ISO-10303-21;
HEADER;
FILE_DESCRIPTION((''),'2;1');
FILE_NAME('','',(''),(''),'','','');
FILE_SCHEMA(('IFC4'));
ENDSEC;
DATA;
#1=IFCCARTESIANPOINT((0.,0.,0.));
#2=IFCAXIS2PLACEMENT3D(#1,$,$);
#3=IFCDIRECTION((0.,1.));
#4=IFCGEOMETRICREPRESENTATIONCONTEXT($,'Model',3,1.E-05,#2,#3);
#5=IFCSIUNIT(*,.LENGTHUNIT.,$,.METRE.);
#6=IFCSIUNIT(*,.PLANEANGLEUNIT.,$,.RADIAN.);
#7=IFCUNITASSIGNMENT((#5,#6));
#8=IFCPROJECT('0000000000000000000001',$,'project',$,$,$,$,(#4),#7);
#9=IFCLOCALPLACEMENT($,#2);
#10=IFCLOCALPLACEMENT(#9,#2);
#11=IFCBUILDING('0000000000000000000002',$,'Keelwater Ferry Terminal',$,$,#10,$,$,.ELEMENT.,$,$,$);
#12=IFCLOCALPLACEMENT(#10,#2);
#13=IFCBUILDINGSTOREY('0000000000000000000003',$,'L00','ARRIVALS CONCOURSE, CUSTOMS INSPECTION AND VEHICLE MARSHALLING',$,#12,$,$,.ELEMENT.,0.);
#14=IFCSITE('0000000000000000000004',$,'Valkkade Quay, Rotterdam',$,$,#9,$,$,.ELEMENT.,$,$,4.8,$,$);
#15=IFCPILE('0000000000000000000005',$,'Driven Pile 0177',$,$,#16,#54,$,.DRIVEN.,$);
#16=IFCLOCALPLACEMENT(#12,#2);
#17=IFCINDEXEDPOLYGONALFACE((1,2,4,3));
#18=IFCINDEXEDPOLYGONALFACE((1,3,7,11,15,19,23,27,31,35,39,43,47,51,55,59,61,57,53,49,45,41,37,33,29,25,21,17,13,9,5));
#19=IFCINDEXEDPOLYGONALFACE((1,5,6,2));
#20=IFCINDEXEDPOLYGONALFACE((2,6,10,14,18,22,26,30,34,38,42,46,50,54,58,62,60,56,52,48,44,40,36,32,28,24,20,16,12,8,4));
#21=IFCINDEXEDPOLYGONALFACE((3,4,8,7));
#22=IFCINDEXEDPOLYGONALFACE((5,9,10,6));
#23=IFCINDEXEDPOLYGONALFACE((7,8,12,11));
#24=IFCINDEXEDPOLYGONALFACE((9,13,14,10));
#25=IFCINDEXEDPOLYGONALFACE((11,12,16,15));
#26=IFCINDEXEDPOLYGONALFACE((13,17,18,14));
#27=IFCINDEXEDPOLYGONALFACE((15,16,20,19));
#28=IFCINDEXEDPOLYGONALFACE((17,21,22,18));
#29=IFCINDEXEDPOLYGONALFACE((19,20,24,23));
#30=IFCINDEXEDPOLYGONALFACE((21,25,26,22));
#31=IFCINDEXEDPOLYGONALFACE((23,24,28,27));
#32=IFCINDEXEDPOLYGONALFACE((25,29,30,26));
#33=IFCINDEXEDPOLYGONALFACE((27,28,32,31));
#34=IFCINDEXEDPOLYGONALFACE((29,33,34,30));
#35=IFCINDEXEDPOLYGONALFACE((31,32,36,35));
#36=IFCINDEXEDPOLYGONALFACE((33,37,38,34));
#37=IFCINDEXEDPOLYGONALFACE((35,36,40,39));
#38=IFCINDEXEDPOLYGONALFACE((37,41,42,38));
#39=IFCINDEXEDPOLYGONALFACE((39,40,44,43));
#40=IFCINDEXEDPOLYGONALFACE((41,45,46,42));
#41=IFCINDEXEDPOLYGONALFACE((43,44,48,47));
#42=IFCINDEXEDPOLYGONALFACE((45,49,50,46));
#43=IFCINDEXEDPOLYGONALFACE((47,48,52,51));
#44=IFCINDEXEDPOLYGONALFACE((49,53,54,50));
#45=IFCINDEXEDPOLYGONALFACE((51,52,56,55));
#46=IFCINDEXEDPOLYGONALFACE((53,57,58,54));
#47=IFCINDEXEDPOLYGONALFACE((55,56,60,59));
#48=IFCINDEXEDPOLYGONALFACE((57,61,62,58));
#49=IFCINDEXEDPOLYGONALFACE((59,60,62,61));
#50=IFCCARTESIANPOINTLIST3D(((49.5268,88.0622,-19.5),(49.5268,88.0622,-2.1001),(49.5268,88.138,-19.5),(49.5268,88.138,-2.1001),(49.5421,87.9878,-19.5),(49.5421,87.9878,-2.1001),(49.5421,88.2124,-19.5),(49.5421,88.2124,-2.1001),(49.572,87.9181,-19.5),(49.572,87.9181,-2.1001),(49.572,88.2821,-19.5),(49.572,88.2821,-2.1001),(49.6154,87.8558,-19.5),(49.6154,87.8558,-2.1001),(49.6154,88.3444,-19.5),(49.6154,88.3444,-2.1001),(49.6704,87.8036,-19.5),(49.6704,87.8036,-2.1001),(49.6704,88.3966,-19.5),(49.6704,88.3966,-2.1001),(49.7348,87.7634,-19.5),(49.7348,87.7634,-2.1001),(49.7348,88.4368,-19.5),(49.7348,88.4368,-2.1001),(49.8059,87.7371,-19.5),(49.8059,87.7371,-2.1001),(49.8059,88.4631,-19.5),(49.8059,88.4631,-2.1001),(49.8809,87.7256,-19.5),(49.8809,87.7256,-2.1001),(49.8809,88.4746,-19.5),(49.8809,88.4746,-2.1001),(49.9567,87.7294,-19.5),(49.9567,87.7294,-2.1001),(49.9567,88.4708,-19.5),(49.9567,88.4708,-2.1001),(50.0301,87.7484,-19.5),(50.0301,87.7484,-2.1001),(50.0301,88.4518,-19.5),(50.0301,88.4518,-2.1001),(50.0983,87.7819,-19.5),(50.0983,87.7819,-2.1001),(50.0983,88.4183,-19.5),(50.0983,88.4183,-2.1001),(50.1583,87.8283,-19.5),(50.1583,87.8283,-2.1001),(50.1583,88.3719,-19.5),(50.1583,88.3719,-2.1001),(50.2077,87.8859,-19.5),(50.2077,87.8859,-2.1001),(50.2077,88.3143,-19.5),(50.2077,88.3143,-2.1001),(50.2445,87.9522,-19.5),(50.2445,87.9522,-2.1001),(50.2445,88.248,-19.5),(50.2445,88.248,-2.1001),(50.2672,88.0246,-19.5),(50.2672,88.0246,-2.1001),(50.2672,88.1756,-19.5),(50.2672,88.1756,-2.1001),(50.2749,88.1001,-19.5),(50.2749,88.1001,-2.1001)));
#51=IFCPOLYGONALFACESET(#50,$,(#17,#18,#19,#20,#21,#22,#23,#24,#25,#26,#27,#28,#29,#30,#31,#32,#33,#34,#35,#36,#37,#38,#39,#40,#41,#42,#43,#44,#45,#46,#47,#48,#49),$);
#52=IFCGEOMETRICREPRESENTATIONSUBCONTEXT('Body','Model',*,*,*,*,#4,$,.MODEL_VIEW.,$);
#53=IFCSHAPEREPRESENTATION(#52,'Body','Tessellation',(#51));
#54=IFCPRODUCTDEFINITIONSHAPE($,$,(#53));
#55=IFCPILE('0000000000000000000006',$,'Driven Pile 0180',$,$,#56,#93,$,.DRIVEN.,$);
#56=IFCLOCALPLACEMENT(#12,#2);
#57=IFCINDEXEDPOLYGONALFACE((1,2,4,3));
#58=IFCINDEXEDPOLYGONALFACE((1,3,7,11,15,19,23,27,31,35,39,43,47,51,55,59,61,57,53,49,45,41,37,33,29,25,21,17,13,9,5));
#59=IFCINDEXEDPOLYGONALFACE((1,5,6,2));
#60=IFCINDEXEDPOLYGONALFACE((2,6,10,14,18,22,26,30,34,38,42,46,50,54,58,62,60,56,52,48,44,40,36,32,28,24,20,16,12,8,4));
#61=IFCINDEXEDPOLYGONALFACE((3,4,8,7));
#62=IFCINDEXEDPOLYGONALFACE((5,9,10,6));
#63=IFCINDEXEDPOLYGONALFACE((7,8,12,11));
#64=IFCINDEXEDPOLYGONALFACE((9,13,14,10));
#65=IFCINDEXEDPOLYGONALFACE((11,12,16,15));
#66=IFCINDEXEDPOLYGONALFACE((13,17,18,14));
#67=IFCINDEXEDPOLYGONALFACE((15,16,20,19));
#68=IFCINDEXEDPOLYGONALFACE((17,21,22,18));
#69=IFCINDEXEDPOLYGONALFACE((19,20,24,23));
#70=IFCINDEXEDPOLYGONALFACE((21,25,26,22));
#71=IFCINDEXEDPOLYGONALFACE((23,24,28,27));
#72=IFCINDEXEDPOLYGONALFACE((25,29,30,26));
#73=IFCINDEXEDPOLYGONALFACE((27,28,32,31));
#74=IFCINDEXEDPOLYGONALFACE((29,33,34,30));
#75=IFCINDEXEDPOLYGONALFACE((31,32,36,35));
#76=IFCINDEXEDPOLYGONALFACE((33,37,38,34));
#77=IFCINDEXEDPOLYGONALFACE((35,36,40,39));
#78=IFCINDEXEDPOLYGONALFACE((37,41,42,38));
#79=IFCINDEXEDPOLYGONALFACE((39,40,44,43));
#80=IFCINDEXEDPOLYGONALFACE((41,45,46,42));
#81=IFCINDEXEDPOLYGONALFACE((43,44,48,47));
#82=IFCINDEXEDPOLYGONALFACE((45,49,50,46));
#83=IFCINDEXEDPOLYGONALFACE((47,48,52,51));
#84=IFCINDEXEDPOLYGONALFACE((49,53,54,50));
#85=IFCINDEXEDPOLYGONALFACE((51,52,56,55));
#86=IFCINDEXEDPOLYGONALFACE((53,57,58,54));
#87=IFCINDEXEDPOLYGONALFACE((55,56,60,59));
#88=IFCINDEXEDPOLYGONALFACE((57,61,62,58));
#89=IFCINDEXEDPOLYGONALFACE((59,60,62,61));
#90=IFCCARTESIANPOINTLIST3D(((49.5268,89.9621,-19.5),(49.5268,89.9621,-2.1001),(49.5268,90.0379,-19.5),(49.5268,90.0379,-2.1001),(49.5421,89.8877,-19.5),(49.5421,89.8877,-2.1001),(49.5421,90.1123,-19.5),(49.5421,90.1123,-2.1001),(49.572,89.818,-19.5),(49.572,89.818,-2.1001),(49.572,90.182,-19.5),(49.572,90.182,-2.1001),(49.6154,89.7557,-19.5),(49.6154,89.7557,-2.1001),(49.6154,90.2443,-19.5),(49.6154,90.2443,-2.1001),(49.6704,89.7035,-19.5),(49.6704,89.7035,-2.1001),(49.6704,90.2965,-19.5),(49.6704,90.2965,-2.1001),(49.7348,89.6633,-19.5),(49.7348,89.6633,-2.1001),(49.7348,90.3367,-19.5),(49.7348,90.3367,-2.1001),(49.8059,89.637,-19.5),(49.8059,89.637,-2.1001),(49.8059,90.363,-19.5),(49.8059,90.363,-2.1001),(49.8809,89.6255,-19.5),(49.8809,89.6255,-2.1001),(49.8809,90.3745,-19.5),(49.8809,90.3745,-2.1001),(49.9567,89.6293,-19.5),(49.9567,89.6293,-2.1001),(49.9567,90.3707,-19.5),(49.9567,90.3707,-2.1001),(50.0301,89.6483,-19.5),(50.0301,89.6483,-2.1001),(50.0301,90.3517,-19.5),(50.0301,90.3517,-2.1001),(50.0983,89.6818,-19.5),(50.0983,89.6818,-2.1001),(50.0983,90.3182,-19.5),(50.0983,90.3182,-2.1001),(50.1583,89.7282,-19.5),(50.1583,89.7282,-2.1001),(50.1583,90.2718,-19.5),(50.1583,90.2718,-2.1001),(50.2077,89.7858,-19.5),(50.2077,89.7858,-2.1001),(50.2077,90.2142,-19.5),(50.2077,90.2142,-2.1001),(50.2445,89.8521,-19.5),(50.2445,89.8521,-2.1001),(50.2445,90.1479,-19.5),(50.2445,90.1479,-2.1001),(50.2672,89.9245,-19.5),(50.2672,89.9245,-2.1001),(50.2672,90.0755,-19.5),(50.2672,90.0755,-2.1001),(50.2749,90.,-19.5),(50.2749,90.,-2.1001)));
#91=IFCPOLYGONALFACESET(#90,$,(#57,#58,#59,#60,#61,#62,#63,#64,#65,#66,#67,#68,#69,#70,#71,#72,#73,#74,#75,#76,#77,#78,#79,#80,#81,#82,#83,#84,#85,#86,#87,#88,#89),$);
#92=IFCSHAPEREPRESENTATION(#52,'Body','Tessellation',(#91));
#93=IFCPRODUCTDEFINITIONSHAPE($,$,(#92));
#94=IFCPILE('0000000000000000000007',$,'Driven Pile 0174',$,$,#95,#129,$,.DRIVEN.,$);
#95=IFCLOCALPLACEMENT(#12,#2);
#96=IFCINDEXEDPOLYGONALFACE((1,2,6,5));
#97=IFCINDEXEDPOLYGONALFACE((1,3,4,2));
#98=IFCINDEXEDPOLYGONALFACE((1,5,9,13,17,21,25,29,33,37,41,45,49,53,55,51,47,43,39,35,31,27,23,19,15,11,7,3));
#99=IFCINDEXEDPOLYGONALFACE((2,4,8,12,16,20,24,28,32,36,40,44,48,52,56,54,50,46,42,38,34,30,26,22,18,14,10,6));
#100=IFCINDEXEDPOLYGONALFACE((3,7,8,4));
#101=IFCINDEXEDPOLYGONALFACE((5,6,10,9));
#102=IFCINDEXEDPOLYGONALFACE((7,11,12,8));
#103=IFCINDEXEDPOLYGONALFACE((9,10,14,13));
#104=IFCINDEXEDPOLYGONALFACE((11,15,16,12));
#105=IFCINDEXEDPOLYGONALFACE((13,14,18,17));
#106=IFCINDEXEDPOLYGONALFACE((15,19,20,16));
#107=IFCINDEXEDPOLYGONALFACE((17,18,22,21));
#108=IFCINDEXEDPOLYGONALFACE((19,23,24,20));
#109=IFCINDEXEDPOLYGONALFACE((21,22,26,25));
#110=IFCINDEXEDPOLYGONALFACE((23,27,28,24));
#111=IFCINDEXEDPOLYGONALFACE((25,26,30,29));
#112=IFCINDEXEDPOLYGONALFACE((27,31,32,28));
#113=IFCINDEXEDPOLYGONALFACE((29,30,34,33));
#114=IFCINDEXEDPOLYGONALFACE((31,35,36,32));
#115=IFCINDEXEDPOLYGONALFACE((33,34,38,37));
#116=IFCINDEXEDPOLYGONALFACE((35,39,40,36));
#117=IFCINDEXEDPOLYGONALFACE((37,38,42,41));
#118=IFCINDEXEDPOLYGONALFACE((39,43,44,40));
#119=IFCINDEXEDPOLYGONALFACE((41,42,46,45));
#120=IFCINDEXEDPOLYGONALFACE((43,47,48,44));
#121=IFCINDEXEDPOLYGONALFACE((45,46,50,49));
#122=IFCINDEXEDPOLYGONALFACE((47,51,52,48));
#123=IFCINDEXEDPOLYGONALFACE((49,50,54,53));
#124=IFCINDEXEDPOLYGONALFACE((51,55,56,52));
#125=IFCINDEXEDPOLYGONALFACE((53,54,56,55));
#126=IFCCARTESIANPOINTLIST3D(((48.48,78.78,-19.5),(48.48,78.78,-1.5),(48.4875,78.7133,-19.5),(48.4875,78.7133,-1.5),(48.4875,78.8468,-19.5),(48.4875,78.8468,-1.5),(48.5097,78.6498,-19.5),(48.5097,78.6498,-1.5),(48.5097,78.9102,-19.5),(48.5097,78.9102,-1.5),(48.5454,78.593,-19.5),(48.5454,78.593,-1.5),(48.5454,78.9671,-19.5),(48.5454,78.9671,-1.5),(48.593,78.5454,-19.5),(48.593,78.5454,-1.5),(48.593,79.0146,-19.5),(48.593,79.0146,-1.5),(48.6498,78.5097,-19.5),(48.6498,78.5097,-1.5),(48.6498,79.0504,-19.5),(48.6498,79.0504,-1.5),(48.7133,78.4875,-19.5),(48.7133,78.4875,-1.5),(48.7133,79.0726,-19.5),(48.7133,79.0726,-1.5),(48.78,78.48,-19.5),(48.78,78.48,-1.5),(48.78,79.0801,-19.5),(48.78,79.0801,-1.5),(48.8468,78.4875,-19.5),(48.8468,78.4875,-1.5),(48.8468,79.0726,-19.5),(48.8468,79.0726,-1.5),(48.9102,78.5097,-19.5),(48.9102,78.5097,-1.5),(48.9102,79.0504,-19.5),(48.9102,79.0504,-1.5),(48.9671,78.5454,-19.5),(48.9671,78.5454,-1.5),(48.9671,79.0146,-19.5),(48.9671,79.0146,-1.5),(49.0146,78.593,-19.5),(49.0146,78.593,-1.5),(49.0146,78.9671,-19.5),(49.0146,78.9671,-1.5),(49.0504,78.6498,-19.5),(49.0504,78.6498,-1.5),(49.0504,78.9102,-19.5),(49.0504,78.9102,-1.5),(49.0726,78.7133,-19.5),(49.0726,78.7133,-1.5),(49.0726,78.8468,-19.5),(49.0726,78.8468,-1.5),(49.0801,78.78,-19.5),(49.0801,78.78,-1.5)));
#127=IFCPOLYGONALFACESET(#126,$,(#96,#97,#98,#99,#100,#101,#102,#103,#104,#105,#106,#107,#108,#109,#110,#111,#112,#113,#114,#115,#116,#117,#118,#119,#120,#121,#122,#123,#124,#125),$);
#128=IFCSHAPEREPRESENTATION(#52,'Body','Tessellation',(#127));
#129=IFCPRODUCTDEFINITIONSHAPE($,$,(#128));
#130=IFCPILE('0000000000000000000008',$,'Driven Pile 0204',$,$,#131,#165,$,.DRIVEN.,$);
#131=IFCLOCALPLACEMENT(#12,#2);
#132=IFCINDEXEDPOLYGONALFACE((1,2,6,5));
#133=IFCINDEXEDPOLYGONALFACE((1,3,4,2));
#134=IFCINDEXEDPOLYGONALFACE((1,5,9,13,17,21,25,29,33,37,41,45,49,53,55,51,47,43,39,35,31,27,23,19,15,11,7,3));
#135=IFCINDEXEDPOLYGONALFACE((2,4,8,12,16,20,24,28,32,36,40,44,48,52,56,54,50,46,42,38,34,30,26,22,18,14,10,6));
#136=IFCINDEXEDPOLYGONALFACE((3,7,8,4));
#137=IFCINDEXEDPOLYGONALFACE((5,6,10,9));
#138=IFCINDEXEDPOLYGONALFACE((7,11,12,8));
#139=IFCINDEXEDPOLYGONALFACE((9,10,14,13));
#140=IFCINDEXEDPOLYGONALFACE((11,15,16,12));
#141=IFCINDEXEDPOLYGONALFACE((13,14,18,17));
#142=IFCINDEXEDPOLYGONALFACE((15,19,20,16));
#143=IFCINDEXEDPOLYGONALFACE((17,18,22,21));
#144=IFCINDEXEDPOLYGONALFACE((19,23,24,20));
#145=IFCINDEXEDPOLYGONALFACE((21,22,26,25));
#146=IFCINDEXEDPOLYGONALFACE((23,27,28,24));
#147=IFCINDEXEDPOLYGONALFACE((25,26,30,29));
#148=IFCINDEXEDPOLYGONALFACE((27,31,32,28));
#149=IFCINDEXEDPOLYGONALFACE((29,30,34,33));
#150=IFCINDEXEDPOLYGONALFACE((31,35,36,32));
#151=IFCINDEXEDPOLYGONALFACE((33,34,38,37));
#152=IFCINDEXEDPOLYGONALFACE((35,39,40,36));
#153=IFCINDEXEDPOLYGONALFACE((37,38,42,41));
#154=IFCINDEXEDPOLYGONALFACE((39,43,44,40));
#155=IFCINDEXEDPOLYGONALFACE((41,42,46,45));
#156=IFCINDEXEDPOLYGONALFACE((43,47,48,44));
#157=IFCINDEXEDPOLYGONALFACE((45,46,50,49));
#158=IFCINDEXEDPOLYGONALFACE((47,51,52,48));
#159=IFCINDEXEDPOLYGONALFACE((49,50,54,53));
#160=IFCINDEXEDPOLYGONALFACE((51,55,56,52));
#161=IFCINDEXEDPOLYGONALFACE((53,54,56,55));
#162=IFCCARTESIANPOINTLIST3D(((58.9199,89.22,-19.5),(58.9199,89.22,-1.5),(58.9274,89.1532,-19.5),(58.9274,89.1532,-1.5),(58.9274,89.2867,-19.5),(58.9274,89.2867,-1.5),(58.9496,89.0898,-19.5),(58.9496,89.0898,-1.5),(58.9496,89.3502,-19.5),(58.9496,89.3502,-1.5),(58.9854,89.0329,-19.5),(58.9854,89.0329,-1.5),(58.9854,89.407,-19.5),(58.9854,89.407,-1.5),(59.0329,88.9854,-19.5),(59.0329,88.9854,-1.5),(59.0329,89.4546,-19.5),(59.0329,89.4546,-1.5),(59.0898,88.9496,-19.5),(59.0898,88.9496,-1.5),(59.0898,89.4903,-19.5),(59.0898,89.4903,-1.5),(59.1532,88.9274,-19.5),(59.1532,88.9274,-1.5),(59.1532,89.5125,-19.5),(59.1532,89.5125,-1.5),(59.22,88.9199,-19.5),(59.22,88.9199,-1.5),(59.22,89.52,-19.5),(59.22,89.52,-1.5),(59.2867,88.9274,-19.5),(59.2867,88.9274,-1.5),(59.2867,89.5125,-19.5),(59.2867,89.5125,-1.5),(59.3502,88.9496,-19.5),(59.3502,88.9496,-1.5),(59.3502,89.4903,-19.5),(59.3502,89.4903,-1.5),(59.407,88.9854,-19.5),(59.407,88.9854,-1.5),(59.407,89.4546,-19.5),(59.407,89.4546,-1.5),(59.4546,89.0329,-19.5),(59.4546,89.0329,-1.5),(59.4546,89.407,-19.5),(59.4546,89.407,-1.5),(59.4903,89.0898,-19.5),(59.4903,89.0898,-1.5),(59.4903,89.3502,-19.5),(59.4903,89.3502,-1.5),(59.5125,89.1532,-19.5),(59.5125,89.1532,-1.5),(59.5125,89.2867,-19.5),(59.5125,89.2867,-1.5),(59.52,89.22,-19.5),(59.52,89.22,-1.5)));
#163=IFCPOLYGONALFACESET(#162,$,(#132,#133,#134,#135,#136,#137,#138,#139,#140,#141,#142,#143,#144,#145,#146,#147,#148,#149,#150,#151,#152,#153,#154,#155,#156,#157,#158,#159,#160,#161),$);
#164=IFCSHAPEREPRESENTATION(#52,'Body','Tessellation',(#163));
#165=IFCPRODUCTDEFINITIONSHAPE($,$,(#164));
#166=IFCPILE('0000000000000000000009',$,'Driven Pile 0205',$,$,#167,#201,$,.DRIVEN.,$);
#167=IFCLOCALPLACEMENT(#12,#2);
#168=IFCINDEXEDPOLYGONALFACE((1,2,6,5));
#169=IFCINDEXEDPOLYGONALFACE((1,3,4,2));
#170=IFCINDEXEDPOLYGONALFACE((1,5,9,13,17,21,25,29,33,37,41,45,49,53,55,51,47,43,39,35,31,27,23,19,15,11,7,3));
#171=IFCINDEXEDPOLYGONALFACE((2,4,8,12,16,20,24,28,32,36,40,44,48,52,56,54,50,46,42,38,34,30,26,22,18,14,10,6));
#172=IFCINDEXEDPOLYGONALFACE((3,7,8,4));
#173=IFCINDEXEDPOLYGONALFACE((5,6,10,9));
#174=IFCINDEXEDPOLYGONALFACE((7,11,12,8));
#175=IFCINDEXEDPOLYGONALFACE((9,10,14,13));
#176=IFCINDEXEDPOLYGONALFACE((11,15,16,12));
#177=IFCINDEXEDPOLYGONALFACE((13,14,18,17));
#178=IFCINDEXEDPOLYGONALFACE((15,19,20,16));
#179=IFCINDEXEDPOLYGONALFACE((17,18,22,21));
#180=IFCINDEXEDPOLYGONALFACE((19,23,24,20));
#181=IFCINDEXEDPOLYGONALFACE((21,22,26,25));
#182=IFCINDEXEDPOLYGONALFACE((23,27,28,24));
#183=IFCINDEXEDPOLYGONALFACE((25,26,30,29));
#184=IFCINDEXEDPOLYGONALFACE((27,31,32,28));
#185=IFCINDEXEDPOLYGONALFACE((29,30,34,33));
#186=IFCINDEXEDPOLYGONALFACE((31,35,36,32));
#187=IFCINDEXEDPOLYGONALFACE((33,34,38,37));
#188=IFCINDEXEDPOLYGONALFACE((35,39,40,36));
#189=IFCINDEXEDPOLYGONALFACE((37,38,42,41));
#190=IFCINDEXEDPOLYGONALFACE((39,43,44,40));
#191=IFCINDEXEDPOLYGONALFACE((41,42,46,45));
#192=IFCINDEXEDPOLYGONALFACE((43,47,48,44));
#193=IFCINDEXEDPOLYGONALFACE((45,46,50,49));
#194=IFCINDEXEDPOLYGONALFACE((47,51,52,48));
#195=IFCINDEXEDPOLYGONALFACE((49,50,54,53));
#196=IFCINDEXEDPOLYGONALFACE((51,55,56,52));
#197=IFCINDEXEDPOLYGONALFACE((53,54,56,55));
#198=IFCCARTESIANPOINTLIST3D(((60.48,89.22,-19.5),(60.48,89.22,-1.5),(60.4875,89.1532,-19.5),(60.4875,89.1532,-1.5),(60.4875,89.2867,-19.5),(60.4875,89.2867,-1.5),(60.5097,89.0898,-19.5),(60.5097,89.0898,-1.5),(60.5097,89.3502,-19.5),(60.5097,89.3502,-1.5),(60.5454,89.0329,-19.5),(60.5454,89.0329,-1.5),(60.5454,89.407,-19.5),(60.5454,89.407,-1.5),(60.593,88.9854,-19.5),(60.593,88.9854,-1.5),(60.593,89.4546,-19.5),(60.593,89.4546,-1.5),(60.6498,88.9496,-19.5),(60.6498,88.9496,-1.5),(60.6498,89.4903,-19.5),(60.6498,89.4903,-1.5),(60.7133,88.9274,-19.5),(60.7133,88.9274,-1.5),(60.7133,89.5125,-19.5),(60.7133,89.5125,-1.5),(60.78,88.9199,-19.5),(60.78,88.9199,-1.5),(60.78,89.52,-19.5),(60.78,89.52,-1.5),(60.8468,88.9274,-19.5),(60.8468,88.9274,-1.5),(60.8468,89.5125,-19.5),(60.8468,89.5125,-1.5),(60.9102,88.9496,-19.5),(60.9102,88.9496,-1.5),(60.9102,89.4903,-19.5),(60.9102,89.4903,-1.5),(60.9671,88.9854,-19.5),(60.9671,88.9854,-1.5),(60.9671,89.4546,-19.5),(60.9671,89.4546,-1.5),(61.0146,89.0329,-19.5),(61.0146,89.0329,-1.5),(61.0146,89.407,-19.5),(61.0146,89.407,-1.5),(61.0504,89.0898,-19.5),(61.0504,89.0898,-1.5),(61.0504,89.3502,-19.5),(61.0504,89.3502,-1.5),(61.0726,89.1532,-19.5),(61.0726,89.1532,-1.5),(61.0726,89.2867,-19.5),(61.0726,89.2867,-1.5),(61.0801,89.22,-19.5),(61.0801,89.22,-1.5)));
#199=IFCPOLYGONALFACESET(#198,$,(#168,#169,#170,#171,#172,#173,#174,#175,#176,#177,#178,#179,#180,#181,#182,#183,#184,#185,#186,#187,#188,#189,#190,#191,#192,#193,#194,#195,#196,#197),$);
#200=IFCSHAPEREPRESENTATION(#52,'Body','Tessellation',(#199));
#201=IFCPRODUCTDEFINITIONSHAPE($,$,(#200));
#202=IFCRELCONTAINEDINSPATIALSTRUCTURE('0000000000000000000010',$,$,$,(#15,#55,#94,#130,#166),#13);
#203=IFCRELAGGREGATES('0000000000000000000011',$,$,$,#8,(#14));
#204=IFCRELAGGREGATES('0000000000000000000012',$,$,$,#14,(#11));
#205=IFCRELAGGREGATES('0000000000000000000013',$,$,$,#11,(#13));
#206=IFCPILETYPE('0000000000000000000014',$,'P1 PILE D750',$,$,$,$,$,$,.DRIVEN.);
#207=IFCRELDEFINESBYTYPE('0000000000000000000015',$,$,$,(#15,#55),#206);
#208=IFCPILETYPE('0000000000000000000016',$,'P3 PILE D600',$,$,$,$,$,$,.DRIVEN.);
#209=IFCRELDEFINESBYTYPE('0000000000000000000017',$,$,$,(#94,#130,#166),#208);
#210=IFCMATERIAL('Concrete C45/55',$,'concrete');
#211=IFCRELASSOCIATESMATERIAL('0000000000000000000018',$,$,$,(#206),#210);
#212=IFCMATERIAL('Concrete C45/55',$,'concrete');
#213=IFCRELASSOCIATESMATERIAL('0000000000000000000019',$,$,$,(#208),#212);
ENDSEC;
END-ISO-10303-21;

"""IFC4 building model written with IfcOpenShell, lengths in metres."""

from ifc_helpers import new_model, si_unit, direction, frame, origin, origin_2d, place, context, subcontext, project, spatial, circle, extrude, material, material_profile, profile_set, type_object, element, save


model = new_model("IFC4")

# Units and contexts
model_context = context("Model", 3, precision=1e-05, world=origin(), true_north=direction((0.0, 1.0)))
body_context = subcontext(model_context, "Body", "Model", "MODEL_VIEW")
ifc_project = project(units=[si_unit("LENGTHUNIT", "METRE"), si_unit("PLANEANGLEUNIT", "RADIAN")], contexts=[model_context])

# Site, building, storey
site_placement = place(None, origin())
site = spatial("IfcSite", under=ifc_project, at=site_placement, Name="Valkkade Quay, Rotterdam", CompositionType="ELEMENT", RefElevation=4.8)
building_placement = place(site_placement, origin())
building = spatial("IfcBuilding", under=site, at=building_placement, Name="Keelwater Ferry Terminal", CompositionType="ELEMENT")
storey_placement = place(building_placement, origin())
storey = spatial("IfcBuildingStorey", under=building, at=storey_placement, Name="L00", Description="ARRIVALS CONCOURSE, CUSTOMS INSPECTION AND VEHICLE MARSHALLING", CompositionType="ELEMENT", Elevation=0.0)

# Piles
ifc_material_1 = material(Name="Concrete C45/55", Category="concrete")
ifc_material_profile_1 = material_profile(ifc_material_1, circle(Radius=0.375, at=origin_2d()), Name="PILE D750")
ifc_profile_set_1 = profile_set([ifc_material_profile_1], Name="Concrete C45/55")
pile_type_1 = type_object("IfcPileType", Name="P1 PILE D750", PredefinedType="DRIVEN", material=ifc_profile_set_1)
for number, where, z_axis, x_axis, name in (
    (1, (49.8999, 88.1001, -2.1001), (0.0, 0.0, -1.0), (1.0, 0.0, 0.0), "Driven Pile 0177"),
    (2, (49.8999, 90.0, -2.1001), (0.0, 0.0, -1.0), (1.0, 0.0, 0.0), "Driven Pile 0180"),
):
    element("IfcPile", number, at=place(storey_placement, frame(where, z_axis=z_axis, x_axis=x_axis)), inside=storey, type_object=pile_type_1, Name=name, PredefinedType="DRIVEN", context=body_context, shape_type="SweptSolid", body=[
        extrude(circle(Radius=0.375, at=origin_2d()), origin(), (0.0, 0.0, 1.0), 17.3999),
    ])
ifc_material_2 = material(Name="Concrete C45/55", Category="concrete")
ifc_material_profile_2 = material_profile(ifc_material_2, circle(Radius=0.3, at=origin_2d()), Name="PILE D600")
ifc_profile_set_2 = profile_set([ifc_material_profile_2], Name="Concrete C45/55")
pile_type_2 = type_object("IfcPileType", Name="P3 PILE D600", PredefinedType="DRIVEN", material=ifc_profile_set_2)
for number, where, z_axis, x_axis, name in (
    (3, (48.78, 78.78, -1.5), (0.0, 0.0, -1.0), (1.0, 0.0, 0.0), "Driven Pile 0174"),
    (4, (59.22, 89.22, -1.5), (0.0, 0.0, -1.0), (1.0, 0.0, 0.0), "Driven Pile 0204"),
    (5, (60.78, 89.22, -1.5), (0.0, 0.0, -1.0), (1.0, 0.0, 0.0), "Driven Pile 0205"),
):
    element("IfcPile", number, at=place(storey_placement, frame(where, z_axis=z_axis, x_axis=x_axis)), inside=storey, type_object=pile_type_2, Name=name, PredefinedType="DRIVEN", context=body_context, shape_type="SweptSolid", body=[
        extrude(circle(Radius=0.3, at=origin_2d()), origin(), (0.0, 0.0, 1.0), 18.0),
    ])

save(model, "model.ifc")
